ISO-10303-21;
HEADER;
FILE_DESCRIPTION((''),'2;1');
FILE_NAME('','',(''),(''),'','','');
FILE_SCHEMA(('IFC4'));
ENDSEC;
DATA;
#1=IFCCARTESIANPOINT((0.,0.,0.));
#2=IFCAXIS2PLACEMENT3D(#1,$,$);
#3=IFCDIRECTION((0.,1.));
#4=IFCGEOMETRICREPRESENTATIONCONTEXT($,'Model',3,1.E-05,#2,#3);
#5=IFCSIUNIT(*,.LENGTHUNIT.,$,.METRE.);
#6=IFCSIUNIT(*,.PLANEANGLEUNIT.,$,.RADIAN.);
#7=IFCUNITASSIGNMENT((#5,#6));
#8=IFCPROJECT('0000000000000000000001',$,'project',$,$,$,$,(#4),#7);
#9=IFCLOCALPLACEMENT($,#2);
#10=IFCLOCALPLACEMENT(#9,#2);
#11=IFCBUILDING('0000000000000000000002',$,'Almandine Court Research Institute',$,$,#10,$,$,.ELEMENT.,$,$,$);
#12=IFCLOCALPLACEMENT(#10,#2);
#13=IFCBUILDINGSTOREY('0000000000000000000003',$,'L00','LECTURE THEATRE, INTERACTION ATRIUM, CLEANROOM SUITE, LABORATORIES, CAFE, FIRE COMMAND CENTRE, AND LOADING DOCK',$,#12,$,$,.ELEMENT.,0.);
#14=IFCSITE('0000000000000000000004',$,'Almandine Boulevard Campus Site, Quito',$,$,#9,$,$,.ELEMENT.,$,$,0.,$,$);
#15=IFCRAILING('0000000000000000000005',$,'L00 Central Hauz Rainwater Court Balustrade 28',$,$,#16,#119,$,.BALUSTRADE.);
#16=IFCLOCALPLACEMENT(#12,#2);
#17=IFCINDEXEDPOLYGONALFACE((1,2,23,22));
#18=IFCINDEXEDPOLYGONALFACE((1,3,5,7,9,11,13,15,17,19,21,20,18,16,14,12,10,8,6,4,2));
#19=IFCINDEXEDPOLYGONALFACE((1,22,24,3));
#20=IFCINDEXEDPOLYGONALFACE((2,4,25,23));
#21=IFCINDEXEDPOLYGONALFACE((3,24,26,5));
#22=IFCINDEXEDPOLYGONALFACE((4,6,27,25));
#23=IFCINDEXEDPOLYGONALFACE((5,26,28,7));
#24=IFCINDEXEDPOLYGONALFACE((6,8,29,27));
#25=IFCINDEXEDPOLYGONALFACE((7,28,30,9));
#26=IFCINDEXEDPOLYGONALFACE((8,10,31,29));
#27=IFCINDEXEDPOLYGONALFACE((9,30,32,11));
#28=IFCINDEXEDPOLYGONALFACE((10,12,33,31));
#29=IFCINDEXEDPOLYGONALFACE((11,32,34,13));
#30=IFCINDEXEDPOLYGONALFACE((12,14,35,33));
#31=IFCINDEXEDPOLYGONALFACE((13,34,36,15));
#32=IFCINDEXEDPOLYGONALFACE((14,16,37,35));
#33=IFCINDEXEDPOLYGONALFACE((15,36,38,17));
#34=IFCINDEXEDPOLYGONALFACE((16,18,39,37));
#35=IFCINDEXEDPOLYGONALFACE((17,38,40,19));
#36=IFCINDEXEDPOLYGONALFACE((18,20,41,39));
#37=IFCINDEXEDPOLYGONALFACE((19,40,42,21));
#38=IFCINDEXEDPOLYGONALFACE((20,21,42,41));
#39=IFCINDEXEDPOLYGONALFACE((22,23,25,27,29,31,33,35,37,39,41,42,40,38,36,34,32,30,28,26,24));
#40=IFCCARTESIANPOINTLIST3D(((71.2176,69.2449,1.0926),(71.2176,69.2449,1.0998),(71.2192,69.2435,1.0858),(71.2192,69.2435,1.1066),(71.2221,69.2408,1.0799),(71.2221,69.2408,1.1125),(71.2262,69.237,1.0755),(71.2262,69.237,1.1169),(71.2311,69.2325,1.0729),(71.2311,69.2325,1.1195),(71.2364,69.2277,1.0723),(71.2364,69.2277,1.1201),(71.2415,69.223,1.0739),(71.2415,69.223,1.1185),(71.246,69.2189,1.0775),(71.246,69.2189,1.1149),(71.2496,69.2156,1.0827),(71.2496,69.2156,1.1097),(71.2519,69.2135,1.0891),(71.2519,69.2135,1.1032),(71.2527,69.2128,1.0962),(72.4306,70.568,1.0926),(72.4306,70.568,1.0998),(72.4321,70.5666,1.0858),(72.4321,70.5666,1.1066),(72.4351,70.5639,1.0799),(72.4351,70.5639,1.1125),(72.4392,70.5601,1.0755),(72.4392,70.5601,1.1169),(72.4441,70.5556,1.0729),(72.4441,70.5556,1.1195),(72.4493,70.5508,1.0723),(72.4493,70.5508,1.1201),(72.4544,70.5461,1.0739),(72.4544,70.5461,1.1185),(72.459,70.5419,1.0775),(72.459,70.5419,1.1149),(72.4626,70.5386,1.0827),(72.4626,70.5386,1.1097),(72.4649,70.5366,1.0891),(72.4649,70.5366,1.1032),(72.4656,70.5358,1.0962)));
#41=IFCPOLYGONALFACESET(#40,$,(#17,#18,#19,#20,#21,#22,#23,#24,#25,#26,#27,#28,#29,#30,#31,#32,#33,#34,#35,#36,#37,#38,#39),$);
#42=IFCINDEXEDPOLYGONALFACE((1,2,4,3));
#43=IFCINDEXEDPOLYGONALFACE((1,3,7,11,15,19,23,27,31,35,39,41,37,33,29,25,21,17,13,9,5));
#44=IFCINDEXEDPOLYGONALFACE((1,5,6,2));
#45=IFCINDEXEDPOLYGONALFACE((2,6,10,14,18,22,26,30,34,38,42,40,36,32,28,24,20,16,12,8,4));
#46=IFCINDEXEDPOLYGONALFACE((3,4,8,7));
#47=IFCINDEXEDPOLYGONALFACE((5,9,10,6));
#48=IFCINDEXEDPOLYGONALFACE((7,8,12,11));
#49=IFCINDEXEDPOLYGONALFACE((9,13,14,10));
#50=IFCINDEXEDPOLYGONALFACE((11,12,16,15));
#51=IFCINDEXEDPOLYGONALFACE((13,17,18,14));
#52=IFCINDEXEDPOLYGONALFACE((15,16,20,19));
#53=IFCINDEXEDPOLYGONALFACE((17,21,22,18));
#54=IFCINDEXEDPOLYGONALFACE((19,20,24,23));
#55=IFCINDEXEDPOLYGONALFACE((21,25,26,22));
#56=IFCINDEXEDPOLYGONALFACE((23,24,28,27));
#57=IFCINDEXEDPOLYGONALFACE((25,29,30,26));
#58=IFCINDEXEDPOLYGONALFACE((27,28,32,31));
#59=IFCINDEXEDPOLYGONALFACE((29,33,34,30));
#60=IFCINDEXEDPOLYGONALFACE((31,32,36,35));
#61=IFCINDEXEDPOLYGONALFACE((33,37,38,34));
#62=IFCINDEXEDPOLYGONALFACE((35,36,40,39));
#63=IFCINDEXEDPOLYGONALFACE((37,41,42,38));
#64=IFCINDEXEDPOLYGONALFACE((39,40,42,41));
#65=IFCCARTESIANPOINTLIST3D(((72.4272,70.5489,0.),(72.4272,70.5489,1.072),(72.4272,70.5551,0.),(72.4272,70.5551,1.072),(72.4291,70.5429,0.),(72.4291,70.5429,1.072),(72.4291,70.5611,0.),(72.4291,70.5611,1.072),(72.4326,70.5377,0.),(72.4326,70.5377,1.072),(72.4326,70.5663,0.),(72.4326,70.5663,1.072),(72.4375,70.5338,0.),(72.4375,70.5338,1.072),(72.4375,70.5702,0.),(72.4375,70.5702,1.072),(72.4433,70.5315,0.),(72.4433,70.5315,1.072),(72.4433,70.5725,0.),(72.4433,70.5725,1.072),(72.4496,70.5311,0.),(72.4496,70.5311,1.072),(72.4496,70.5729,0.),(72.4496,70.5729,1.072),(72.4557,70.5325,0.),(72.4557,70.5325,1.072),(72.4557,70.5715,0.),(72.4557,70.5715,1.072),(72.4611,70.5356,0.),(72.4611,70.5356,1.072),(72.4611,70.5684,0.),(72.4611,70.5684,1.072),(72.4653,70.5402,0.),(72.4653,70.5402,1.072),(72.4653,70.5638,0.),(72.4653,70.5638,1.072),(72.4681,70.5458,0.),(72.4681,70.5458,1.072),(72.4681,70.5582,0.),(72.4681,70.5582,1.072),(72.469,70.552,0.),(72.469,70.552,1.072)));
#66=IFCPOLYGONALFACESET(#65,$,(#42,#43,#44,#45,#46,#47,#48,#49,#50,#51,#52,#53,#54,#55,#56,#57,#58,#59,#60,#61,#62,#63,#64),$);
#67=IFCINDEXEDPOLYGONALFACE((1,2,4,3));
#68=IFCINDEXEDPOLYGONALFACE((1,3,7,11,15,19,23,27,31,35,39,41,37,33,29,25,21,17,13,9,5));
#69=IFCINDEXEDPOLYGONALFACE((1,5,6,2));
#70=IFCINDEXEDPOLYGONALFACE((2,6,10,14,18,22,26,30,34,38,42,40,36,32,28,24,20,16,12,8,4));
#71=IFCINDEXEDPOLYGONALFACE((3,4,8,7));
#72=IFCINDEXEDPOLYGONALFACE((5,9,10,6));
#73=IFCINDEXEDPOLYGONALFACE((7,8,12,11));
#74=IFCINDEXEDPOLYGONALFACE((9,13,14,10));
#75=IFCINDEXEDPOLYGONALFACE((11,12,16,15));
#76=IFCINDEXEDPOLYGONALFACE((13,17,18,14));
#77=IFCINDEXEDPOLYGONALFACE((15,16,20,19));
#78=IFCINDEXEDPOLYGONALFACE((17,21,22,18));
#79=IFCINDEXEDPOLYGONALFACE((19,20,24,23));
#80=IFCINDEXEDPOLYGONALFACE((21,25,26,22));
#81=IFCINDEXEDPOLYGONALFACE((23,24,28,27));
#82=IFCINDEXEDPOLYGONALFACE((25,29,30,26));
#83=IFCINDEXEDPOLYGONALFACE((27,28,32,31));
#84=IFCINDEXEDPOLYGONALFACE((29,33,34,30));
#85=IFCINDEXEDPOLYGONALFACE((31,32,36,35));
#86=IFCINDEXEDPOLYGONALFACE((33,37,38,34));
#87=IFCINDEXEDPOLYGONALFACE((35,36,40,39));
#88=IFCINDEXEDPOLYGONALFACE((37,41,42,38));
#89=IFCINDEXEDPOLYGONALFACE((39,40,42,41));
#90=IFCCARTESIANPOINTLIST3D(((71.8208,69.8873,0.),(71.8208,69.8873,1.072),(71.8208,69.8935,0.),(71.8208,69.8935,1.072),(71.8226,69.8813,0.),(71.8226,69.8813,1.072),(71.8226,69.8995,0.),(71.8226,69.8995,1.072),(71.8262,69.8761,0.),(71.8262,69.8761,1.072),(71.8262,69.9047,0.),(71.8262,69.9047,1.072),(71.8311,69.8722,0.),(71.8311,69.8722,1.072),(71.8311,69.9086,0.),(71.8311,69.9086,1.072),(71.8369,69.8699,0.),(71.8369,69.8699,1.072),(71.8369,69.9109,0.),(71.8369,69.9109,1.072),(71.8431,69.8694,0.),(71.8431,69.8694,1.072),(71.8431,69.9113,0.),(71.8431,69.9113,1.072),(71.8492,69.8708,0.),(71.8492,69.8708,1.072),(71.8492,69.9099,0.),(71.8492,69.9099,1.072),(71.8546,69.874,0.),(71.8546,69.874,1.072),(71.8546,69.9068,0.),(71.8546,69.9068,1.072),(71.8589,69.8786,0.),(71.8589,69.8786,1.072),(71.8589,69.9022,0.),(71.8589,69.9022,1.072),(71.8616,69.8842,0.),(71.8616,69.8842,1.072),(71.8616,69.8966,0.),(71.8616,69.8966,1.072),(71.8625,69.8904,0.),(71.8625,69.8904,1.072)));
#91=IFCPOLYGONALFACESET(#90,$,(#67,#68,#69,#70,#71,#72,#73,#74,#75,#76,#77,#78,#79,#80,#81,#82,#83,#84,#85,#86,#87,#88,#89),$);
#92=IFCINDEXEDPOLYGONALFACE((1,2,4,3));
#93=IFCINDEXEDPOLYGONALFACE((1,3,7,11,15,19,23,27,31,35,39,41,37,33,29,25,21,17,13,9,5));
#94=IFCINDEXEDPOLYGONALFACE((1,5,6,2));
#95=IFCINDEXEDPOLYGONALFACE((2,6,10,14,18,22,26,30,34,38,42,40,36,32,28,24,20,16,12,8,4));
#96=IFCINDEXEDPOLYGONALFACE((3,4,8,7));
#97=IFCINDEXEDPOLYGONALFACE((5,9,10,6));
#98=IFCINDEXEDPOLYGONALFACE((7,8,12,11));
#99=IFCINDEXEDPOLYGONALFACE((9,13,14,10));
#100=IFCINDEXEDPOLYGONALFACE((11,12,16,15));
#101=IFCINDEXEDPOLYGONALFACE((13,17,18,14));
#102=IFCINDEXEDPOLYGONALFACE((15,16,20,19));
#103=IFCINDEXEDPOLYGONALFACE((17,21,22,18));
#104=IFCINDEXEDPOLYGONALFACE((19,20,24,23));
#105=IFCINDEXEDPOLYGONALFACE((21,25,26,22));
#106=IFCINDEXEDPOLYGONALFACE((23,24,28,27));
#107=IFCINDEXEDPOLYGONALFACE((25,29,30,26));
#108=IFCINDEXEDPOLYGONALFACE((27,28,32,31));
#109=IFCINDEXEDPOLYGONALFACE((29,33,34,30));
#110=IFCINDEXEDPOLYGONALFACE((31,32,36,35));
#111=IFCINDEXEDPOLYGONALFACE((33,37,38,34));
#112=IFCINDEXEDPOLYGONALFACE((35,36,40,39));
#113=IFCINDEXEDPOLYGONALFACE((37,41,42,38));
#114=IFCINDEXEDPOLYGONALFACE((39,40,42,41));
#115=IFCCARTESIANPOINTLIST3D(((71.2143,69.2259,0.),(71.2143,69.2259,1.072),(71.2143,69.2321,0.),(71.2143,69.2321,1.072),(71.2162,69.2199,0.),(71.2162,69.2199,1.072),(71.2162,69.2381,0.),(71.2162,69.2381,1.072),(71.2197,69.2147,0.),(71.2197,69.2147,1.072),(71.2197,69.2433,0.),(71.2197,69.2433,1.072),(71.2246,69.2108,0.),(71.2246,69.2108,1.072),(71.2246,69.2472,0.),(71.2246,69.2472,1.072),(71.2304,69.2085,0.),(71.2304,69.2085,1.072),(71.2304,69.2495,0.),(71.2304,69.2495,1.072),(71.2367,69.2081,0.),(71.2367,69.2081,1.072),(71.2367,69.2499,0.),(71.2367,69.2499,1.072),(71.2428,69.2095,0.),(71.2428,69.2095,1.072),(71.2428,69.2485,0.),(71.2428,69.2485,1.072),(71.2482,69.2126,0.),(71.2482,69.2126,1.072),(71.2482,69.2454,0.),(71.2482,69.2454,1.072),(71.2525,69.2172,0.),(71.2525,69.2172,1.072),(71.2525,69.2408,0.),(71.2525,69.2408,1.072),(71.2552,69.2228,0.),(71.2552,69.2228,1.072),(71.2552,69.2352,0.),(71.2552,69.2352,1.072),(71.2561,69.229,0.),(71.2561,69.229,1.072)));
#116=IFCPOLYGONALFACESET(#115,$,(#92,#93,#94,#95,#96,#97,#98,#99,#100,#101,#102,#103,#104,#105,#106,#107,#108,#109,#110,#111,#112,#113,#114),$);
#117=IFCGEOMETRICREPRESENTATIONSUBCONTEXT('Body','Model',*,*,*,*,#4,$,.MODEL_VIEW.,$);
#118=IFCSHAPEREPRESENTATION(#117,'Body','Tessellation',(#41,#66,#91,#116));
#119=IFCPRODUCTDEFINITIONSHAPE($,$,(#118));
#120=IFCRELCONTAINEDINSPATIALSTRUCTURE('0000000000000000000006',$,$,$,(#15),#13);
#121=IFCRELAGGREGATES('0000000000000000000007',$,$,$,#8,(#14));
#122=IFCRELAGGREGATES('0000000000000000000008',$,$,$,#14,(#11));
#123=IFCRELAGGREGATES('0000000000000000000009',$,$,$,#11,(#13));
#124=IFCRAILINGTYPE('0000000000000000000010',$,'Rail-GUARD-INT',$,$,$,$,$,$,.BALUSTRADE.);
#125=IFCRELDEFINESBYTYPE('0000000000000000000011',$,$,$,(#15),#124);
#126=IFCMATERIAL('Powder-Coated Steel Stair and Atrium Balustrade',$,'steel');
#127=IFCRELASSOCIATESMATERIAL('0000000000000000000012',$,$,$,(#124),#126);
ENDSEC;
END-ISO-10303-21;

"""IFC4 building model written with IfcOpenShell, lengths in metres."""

from ifc_helpers import new_model, si_unit, direction, frame, origin, origin_2d, place, context, subcontext, project, spatial, circle, extrude, material, type_object, element, save


model = new_model("IFC4")

# Units and contexts
model_context = context("Model", 3, precision=1e-05, world=origin(), true_north=direction((0.0, 1.0)))
body_context = subcontext(model_context, "Body", "Model", "MODEL_VIEW")
ifc_project = project(units=[si_unit("LENGTHUNIT", "METRE"), si_unit("PLANEANGLEUNIT", "RADIAN")], contexts=[model_context])

# Site, building, storey
site_placement = place(None, origin())
site = spatial("IfcSite", under=ifc_project, at=site_placement, Name="Almandine Boulevard Campus Site, Quito", CompositionType="ELEMENT", RefElevation=0.0)
building_placement = place(site_placement, origin())
building = spatial("IfcBuilding", under=site, at=building_placement, Name="Almandine Court Research Institute", CompositionType="ELEMENT")
storey_placement = place(building_placement, origin())
storey = spatial("IfcBuildingStorey", under=building, at=storey_placement, Name="L00", Description="LECTURE THEATRE, INTERACTION ATRIUM, CLEANROOM SUITE, LABORATORIES, CAFE, FIRE COMMAND CENTRE, AND LOADING DOCK", CompositionType="ELEMENT", Elevation=0.0)

# Railing
ifc_material_1 = material(Name="Powder-Coated Steel Stair and Atrium Balustrade", Category="steel")
railing_type = type_object("IfcRailingType", Name="Rail-GUARD-INT", PredefinedType="BALUSTRADE", material=ifc_material_1)
railing_1_placement = place(storey_placement, frame((72.448, 70.552, 0.0)))
element("IfcRailing", 1, at=railing_1_placement, inside=storey, type_object=railing_type, Name="L00 Central Hauz Rainwater Court Balustrade 28", PredefinedType="BALUSTRADE", context=body_context, shape_type="SweptSolid", body=[
    extrude(circle(Radius=0.0239, at=origin_2d()), frame((0.0, 0.0, 1.0962), z_axis=(-0.675768, -0.737115, 0.0), x_axis=(0.737115, -0.675768, 0.0)), (0.0, 0.0, 1.0), 1.7949),
    extrude(circle(Radius=0.021, at=origin_2d()), origin(), (0.0, 0.0, 1.0), 1.072),
    extrude(circle(Radius=0.021, at=origin_2d()), frame((-0.6064, -0.6616, 0.0)), (0.0, 0.0, 1.0), 1.072),
    extrude(circle(Radius=0.021, at=origin_2d()), frame((-1.2129, -1.323, 0.0)), (0.0, 0.0, 1.0), 1.072),
])

save(model, "model.ifc")
